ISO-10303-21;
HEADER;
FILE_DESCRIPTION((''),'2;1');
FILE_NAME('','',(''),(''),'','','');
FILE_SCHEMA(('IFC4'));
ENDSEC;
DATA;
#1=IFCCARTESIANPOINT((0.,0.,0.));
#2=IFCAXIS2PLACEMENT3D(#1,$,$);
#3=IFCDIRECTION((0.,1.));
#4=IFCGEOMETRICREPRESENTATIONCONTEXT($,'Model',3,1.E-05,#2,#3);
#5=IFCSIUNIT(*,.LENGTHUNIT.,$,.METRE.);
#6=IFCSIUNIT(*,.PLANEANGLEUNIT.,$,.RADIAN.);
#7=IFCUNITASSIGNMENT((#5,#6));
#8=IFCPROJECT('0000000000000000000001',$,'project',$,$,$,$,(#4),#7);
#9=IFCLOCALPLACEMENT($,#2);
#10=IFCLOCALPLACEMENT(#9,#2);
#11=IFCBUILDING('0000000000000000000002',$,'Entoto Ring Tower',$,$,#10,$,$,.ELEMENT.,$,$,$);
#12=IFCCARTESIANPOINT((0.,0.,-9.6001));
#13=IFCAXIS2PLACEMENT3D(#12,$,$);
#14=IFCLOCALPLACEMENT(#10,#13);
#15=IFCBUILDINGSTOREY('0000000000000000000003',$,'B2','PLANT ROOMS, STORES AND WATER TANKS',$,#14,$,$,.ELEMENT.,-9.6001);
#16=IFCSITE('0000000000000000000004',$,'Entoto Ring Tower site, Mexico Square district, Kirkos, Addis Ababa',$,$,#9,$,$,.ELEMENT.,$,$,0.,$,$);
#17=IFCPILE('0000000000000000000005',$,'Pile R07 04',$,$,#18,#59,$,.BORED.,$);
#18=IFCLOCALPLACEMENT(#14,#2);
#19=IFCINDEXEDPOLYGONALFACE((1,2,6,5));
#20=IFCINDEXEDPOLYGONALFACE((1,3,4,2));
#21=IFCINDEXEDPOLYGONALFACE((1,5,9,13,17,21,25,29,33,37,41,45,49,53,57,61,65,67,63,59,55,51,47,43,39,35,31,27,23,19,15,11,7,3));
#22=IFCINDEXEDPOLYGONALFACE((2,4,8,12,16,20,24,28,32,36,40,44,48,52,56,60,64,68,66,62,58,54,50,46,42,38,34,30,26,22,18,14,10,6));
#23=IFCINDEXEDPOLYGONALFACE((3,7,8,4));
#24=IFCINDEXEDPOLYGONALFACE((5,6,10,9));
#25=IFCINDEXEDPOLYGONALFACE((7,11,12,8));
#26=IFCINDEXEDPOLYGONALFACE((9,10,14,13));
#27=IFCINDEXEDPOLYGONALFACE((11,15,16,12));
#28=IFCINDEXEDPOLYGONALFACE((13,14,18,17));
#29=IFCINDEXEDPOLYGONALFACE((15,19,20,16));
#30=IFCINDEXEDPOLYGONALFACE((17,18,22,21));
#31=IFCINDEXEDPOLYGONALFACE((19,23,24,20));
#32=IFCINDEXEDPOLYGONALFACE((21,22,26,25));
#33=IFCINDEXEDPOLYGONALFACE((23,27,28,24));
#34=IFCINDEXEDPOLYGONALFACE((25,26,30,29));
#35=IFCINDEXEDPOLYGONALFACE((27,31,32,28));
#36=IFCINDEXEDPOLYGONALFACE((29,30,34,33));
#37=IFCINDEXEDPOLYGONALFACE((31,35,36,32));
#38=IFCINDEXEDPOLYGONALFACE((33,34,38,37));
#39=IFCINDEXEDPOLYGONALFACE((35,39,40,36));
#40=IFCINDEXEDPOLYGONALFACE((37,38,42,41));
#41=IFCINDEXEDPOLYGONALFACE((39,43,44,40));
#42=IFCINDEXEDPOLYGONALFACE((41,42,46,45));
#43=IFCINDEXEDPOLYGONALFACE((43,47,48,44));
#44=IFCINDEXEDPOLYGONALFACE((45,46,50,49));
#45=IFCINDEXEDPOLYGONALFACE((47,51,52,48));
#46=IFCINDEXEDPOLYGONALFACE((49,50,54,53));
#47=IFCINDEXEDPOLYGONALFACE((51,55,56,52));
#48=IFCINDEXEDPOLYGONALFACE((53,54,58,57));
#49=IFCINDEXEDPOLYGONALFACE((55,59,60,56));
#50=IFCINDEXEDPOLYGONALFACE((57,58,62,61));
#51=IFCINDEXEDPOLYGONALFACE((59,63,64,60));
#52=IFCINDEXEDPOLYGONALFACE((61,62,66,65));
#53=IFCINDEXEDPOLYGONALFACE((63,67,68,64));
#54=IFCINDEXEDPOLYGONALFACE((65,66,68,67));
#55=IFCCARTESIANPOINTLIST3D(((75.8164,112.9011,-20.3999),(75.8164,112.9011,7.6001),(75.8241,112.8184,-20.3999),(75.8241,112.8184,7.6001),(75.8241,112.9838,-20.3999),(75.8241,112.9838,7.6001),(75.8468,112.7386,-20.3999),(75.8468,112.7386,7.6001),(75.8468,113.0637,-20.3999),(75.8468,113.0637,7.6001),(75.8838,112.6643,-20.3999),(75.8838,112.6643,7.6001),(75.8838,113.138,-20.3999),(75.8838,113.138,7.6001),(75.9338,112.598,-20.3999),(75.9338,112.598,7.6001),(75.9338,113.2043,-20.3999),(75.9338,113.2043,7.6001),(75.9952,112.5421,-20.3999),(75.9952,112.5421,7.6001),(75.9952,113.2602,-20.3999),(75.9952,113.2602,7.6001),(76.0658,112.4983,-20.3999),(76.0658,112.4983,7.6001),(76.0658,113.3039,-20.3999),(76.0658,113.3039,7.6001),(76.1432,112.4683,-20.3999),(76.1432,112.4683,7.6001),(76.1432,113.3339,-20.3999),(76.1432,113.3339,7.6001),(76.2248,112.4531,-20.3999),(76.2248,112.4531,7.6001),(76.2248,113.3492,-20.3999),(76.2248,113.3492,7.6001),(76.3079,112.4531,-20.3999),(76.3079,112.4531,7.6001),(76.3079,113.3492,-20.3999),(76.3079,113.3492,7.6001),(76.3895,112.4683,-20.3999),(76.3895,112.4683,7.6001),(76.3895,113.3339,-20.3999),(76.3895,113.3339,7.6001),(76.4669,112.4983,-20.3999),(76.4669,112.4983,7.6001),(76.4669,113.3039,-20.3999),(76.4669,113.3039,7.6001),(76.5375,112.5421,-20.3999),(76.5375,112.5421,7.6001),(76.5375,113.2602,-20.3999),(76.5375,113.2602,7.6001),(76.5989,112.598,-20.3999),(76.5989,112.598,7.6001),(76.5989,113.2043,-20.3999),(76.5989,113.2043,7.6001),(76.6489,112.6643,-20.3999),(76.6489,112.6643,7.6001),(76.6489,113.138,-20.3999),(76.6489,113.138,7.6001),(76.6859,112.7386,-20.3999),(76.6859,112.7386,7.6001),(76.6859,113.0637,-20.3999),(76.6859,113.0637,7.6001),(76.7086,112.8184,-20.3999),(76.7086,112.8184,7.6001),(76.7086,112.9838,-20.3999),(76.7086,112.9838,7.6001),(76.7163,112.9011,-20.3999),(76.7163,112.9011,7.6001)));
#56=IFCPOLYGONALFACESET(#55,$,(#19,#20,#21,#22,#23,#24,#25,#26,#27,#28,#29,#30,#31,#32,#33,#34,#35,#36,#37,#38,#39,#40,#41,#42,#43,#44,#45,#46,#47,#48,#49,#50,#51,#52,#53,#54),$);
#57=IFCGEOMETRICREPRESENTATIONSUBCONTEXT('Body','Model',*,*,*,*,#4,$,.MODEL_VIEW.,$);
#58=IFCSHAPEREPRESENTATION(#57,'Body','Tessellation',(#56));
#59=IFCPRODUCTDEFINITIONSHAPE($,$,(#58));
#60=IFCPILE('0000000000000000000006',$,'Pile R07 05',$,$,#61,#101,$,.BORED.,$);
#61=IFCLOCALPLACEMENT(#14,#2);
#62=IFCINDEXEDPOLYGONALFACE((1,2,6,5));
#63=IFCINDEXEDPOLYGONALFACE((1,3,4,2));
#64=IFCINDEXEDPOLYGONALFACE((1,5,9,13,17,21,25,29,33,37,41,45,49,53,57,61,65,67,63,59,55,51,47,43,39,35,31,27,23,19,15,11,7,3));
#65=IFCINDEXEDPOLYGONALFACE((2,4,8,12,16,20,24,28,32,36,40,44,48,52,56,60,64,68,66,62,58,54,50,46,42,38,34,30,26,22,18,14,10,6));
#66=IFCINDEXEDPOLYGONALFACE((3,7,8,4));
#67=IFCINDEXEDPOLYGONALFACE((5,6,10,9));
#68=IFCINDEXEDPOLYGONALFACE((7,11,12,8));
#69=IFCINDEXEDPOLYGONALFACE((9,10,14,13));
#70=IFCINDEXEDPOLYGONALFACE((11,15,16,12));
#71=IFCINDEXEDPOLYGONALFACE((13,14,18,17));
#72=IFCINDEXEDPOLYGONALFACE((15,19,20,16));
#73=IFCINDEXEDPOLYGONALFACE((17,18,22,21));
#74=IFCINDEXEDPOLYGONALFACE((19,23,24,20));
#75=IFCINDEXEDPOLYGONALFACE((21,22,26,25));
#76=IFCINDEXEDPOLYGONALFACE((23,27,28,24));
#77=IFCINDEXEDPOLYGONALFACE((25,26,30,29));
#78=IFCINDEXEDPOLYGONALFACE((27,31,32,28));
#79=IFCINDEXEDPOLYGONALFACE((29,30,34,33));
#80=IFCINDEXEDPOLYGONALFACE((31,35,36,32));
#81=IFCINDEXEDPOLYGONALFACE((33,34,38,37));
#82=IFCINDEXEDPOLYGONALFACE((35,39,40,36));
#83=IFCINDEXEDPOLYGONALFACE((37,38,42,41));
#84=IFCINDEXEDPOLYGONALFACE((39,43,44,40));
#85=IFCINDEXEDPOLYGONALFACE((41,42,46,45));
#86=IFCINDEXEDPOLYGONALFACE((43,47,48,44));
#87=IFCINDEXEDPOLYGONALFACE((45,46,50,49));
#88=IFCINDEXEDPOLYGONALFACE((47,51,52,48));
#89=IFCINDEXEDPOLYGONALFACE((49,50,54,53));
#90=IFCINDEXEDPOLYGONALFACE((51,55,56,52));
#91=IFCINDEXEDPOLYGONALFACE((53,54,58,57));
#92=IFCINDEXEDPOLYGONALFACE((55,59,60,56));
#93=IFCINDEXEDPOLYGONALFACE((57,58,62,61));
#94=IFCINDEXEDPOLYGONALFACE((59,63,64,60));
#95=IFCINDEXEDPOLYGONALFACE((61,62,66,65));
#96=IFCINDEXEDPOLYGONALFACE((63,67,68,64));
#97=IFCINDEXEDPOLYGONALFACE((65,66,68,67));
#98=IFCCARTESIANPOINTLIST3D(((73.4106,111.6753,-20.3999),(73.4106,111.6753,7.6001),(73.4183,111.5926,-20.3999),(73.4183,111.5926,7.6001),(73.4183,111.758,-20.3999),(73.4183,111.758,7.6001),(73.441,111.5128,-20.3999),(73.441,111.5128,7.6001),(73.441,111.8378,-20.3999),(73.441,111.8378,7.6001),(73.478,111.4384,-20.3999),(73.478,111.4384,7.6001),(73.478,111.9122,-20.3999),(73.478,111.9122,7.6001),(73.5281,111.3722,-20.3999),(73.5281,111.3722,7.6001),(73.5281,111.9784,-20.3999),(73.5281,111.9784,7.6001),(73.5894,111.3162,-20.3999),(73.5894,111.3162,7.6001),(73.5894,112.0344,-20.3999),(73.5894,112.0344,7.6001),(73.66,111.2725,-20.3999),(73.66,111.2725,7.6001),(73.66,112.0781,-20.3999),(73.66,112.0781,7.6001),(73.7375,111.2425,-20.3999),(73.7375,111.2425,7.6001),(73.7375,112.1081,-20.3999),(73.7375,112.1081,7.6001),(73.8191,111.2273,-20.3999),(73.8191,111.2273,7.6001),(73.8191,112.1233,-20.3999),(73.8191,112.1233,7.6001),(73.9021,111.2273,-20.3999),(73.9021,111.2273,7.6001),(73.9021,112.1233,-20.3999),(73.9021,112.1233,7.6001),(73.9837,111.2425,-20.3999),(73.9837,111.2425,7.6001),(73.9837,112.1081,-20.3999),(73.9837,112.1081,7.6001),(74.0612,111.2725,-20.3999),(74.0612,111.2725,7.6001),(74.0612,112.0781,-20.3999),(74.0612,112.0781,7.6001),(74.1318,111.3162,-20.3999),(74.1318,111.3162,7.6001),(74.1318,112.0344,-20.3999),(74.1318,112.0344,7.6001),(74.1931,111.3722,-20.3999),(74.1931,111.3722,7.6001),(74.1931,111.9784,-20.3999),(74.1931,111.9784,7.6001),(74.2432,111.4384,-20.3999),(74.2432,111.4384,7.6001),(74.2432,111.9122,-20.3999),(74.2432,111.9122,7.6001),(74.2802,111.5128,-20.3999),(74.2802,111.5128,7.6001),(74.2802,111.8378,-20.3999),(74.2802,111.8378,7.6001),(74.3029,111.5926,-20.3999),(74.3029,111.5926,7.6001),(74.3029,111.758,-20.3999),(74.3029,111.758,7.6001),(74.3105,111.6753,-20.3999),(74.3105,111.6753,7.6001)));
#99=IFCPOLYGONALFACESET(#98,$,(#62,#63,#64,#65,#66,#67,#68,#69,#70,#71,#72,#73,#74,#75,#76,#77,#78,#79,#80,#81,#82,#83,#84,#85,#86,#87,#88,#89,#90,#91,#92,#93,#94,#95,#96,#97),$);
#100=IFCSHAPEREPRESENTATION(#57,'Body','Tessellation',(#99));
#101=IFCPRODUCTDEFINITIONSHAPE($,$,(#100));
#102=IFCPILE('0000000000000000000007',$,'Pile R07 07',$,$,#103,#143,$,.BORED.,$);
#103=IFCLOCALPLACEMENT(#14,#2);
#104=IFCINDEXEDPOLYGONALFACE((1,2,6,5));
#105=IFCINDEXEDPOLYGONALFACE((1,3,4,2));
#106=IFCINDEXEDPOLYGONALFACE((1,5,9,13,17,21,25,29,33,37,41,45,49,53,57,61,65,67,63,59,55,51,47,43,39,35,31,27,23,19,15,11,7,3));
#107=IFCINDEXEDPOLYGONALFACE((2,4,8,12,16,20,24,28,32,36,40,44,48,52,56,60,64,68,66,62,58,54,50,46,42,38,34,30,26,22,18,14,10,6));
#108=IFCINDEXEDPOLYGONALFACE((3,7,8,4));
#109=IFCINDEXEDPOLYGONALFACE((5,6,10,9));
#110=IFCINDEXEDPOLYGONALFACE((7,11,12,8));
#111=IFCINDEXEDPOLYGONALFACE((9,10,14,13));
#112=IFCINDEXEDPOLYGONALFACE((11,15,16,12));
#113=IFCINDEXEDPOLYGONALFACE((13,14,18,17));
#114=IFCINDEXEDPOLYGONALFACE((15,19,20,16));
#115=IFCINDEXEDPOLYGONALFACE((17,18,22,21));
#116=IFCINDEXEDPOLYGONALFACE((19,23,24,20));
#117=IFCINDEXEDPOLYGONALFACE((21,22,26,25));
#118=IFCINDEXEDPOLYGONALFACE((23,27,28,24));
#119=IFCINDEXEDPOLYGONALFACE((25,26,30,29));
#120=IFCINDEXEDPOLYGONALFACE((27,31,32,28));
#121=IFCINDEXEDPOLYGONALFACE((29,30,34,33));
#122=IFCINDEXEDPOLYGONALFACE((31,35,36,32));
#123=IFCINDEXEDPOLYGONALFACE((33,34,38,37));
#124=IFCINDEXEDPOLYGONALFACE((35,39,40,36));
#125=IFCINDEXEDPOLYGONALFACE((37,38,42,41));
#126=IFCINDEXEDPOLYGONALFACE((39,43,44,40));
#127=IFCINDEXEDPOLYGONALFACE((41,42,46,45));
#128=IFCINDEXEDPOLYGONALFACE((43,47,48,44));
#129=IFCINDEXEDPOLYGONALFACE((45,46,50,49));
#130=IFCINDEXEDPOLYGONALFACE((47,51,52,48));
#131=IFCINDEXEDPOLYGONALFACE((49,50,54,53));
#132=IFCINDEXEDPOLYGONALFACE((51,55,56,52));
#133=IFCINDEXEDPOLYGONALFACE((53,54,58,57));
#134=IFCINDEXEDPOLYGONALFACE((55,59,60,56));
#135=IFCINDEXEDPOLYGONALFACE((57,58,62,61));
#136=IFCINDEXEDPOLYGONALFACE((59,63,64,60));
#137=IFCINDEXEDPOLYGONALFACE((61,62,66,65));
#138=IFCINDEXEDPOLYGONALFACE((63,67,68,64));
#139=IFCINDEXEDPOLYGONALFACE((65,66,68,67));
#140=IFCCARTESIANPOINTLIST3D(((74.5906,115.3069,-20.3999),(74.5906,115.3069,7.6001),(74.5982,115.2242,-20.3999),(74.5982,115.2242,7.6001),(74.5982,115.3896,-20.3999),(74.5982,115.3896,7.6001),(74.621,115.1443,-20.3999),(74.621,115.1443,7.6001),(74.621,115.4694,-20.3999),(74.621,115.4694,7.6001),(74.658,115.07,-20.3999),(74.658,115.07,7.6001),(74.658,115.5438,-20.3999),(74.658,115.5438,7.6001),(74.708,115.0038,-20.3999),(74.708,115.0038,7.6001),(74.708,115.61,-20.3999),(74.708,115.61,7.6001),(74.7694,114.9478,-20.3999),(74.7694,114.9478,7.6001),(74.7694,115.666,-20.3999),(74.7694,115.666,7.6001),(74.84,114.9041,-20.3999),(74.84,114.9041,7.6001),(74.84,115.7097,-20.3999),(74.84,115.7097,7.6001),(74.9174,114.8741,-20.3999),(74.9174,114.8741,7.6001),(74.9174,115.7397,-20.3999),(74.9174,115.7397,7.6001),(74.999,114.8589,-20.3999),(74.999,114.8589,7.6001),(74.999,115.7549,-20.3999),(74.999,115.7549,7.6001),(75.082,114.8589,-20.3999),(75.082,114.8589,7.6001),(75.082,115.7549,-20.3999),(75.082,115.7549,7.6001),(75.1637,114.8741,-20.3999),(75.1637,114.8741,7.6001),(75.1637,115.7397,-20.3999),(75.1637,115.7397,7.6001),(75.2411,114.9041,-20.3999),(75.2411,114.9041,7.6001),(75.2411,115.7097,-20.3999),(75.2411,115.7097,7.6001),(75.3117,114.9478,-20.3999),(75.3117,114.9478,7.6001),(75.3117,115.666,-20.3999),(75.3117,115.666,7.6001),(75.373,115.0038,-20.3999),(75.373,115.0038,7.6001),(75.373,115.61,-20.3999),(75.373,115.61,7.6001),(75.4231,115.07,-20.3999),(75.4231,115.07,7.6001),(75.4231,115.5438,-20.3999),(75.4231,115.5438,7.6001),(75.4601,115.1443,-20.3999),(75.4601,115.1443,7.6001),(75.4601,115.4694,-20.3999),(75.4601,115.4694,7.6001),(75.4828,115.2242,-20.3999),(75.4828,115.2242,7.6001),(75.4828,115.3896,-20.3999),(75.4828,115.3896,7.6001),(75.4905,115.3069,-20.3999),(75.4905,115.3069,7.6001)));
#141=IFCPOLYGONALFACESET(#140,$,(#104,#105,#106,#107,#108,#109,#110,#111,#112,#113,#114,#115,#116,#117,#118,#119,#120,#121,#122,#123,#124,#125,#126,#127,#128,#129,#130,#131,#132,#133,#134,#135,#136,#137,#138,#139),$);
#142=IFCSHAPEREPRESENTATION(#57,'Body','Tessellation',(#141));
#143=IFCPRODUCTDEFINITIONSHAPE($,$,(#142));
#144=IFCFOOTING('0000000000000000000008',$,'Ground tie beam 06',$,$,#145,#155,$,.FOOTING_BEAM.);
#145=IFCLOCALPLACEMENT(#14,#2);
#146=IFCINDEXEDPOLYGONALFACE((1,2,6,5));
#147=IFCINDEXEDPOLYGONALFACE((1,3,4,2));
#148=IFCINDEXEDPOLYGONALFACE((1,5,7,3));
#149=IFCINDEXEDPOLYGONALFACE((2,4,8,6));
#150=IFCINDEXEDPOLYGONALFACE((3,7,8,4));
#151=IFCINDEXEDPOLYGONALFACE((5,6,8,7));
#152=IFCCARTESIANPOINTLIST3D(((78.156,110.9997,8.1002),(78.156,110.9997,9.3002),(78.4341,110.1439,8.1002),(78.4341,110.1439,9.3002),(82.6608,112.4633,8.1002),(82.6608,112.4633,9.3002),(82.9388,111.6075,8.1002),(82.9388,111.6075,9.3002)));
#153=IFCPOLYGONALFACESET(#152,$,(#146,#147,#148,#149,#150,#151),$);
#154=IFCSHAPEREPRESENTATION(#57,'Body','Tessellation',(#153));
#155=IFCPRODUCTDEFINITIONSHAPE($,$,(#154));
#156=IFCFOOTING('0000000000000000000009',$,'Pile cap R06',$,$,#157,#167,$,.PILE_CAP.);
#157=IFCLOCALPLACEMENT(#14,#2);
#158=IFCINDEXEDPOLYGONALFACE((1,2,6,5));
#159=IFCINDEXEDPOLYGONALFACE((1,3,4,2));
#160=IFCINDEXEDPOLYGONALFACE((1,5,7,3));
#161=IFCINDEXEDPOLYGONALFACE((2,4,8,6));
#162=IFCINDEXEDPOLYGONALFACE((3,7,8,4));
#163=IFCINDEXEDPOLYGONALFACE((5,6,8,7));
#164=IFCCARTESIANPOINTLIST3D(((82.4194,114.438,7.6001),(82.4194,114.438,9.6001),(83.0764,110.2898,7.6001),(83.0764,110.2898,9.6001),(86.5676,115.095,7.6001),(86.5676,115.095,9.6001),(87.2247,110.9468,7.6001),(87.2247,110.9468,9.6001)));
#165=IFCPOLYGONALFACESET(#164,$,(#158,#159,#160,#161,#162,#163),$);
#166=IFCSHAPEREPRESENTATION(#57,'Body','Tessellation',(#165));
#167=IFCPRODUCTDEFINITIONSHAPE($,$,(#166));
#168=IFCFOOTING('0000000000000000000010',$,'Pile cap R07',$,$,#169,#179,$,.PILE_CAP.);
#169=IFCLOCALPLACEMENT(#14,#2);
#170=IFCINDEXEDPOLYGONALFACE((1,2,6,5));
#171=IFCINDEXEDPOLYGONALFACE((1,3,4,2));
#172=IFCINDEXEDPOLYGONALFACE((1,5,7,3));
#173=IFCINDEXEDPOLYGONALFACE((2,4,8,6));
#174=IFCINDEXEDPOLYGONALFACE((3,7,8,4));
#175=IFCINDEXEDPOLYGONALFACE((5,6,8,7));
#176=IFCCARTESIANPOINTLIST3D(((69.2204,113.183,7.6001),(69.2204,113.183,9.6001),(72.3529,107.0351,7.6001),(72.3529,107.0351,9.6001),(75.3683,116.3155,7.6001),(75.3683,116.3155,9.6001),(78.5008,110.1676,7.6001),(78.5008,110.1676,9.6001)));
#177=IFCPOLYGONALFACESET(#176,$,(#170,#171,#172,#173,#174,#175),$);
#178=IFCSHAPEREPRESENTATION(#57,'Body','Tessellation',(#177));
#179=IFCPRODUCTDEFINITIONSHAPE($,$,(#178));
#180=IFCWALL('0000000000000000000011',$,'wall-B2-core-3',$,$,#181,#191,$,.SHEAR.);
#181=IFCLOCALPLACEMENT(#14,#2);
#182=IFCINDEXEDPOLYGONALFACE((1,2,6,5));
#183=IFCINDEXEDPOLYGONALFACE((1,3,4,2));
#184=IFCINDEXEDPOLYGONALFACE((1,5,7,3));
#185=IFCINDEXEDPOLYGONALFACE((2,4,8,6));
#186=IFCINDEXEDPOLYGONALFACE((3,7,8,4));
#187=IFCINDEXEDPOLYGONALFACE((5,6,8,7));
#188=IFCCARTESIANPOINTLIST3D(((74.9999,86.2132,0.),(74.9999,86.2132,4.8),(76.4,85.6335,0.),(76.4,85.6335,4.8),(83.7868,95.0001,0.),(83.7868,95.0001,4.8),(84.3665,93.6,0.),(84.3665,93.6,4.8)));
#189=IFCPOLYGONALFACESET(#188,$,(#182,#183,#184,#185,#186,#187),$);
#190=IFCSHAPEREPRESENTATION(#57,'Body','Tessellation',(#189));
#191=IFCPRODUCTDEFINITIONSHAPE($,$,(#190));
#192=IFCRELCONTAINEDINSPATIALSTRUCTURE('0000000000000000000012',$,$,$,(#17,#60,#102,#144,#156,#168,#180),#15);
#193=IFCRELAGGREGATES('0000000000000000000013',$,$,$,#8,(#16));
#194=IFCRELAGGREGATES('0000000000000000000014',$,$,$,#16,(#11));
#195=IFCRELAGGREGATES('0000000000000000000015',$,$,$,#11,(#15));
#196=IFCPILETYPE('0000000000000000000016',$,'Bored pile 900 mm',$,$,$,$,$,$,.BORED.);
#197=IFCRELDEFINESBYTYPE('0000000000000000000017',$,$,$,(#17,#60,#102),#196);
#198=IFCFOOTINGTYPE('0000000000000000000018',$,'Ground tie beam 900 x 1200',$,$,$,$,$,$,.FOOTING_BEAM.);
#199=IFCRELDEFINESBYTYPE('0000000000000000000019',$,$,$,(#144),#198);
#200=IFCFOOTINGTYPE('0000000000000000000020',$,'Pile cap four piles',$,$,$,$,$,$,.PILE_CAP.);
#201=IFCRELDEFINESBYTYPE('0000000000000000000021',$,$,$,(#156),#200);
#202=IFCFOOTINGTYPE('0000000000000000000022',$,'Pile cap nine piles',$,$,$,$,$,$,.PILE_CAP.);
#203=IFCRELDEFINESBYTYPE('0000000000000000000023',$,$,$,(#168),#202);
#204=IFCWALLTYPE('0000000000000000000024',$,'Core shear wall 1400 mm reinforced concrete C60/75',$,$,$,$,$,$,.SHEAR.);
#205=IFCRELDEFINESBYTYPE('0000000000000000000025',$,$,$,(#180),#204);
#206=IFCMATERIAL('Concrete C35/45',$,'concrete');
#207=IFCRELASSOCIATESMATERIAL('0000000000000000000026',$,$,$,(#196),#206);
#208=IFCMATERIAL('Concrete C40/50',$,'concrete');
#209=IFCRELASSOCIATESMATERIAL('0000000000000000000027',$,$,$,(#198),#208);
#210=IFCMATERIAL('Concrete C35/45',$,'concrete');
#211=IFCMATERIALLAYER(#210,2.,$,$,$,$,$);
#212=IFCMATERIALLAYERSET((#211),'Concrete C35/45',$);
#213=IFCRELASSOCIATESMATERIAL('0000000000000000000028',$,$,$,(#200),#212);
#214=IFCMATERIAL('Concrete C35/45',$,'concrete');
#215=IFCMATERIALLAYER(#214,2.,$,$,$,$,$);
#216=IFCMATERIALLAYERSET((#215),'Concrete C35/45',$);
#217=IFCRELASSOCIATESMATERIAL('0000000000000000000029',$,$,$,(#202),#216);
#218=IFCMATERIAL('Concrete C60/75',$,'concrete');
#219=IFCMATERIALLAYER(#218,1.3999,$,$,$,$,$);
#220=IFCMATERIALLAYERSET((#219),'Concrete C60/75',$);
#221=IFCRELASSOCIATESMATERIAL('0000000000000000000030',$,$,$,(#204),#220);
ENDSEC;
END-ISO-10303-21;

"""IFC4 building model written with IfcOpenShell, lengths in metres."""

from ifc_helpers import new_model, si_unit, direction, frame, origin, origin_2d, place, context, subcontext, project, spatial, polyline, rectangle, circle, outline, extrude, material, layer, layer_set, material_profile, profile_set, type_object, element, save


model = new_model("IFC4")

# Units and contexts
model_context = context("Model", 3, precision=1e-05, world=origin(), true_north=direction((0.0, 1.0)))
body_context = subcontext(model_context, "Body", "Model", "MODEL_VIEW")
ifc_project = project(units=[si_unit("LENGTHUNIT", "METRE"), si_unit("PLANEANGLEUNIT", "RADIAN")], contexts=[model_context])

# Site, building, storey
site_placement = place(None, origin())
site = spatial("IfcSite", under=ifc_project, at=site_placement, Name="Entoto Ring Tower site, Mexico Square district, Kirkos, Addis Ababa", CompositionType="ELEMENT", RefElevation=0.0)
building_placement = place(site_placement, origin())
building = spatial("IfcBuilding", under=site, at=building_placement, Name="Entoto Ring Tower", CompositionType="ELEMENT")
storey_placement = place(building_placement, frame((0.0, 0.0, -9.6001)))
storey = spatial("IfcBuildingStorey", under=building, at=storey_placement, Name="B2", Description="PLANT ROOMS, STORES AND WATER TANKS", CompositionType="ELEMENT", Elevation=-9.6001)

# Piles
ifc_material_1 = material(Name="Concrete C35/45", Category="concrete")
ifc_material_profile_1 = material_profile(ifc_material_1, circle(Radius=0.45, at=origin_2d()), Name="Bored pile 900 mm")
ifc_profile_set_1 = profile_set([ifc_material_profile_1], Name="Concrete C35/45")
pile_type_1 = type_object("IfcPileType", Name="Bored pile 900 mm", PredefinedType="BORED", material=ifc_profile_set_1)
for number, where, z_axis, x_axis, name in (
    (1, (76.2664, 112.9011, 7.6001), (0.0, 0.0, -1.0), (1.0, 0.0, 0.0), "Pile R07 04"),
    (2, (73.8606, 111.6753, 7.6001), (0.0, 0.0, -1.0), (1.0, 0.0, 0.0), "Pile R07 05"),
    (3, (75.0405, 115.3069, 7.6001), (0.0, 0.0, -1.0), (1.0, 0.0, 0.0), "Pile R07 07"),
):
    element("IfcPile", number, at=place(storey_placement, frame(where, z_axis=z_axis, x_axis=x_axis)), inside=storey, type_object=pile_type_1, Name=name, PredefinedType="BORED", context=body_context, shape_type="SweptSolid", body=[
        extrude(circle(Radius=0.45, at=origin_2d()), origin(), (0.0, 0.0, 1.0), 28.0),
    ])

# Footings
ifc_material_2 = material(Name="Concrete C40/50", Category="concrete")
ifc_material_profile_2 = material_profile(ifc_material_2, rectangle(XDim=0.8999, YDim=1.2, at=origin_2d()), Name="Ground tie beam 900 x 1200")
ifc_profile_set_2 = profile_set([ifc_material_profile_2], Name="Concrete C40/50")
footing_type_1 = type_object("IfcFootingType", Name="Ground tie beam 900 x 1200", PredefinedType="FOOTING_BEAM", material=ifc_profile_set_2)
footing_1_placement = place(storey_placement, frame((82.7998, 112.0354, 8.7002), z_axis=(-0.951063, -0.308997, 0.0), x_axis=(0.308997, -0.951063, 0.0)))
element("IfcFooting", 4, at=footing_1_placement, inside=storey, type_object=footing_type_1, Name="Ground tie beam 06", PredefinedType="FOOTING_BEAM", context=body_context, shape_type="SweptSolid", body=[
    extrude(rectangle(XDim=0.8999, YDim=1.2, at=origin_2d()), origin(), (0.0, 0.0, 1.0), 4.7366),
])
ifc_material_3 = material(Name="Concrete C35/45", Category="concrete")
ifc_layer_1 = layer(ifc_material_3, 2.0)
ifc_layer_set_1 = layer_set([ifc_layer_1], Name="Concrete C35/45")
footing_type_2 = type_object("IfcFootingType", Name="Pile cap four piles", PredefinedType="PILE_CAP", material=ifc_layer_set_1)
footing_2_placement = place(storey_placement, frame((84.822, 112.6924, 7.6001), z_axis=(0.0, 0.0, 1.0), x_axis=(-0.156434, 0.987688, 0.0)))
element("IfcFooting", 5, at=footing_2_placement, inside=storey, type_object=footing_type_2, Name="Pile cap R06", PredefinedType="PILE_CAP", context=body_context, shape_type="SweptSolid", body=[
    extrude(rectangle(XDim=4.2, YDim=4.2, at=origin_2d()), origin(), (0.0, 0.0, 1.0), 2.0),
])
ifc_material_4 = material(Name="Concrete C35/45", Category="concrete")
ifc_layer_2 = layer(ifc_material_4, 2.0)
ifc_layer_set_2 = layer_set([ifc_layer_2], Name="Concrete C35/45")
footing_type_3 = type_object("IfcFootingType", Name="Pile cap nine piles", PredefinedType="PILE_CAP", material=ifc_layer_set_2)
footing_3_placement = place(storey_placement, frame((73.8606, 111.6753, 7.6001), z_axis=(0.0, 0.0, 1.0), x_axis=(-0.45399, 0.891007, 0.0)))
element("IfcFooting", 6, at=footing_3_placement, inside=storey, type_object=footing_type_3, Name="Pile cap R07", PredefinedType="PILE_CAP", context=body_context, shape_type="SweptSolid", body=[
    extrude(rectangle(XDim=6.8999, YDim=6.8999, at=origin_2d()), origin(), (0.0, 0.0, 1.0), 2.0),
])

# Wall
ifc_material_5 = material(Name="Concrete C60/75", Category="concrete")
ifc_layer_3 = layer(ifc_material_5, 1.3999)
ifc_layer_set_3 = layer_set([ifc_layer_3], Name="Concrete C60/75")
wall_type_1 = type_object("IfcWallType", Name="Core shear wall 1400 mm reinforced concrete C60/75", PredefinedType="SHEAR", material=ifc_layer_set_3)
wall_1_placement = place(storey_placement, frame((84.0767, 94.3, 0.0), z_axis=(0.0, 0.0, 1.0), x_axis=(-0.707107, -0.707107, 0.0)))
element("IfcWall", 7, at=wall_1_placement, inside=storey, type_object=wall_type_1, Name="wall-B2-core-3", PredefinedType="SHEAR", context=body_context, shape_type="SweptSolid", body=[
    extrude(outline(polyline([(-0.29, -0.7), (12.1365, -0.7), (11.5564, 0.7), (0.29, 0.7), (-0.29, -0.7)])), origin(), (0.0, 0.0, 1.0), 4.8),
])

save(model, "model.ifc")
